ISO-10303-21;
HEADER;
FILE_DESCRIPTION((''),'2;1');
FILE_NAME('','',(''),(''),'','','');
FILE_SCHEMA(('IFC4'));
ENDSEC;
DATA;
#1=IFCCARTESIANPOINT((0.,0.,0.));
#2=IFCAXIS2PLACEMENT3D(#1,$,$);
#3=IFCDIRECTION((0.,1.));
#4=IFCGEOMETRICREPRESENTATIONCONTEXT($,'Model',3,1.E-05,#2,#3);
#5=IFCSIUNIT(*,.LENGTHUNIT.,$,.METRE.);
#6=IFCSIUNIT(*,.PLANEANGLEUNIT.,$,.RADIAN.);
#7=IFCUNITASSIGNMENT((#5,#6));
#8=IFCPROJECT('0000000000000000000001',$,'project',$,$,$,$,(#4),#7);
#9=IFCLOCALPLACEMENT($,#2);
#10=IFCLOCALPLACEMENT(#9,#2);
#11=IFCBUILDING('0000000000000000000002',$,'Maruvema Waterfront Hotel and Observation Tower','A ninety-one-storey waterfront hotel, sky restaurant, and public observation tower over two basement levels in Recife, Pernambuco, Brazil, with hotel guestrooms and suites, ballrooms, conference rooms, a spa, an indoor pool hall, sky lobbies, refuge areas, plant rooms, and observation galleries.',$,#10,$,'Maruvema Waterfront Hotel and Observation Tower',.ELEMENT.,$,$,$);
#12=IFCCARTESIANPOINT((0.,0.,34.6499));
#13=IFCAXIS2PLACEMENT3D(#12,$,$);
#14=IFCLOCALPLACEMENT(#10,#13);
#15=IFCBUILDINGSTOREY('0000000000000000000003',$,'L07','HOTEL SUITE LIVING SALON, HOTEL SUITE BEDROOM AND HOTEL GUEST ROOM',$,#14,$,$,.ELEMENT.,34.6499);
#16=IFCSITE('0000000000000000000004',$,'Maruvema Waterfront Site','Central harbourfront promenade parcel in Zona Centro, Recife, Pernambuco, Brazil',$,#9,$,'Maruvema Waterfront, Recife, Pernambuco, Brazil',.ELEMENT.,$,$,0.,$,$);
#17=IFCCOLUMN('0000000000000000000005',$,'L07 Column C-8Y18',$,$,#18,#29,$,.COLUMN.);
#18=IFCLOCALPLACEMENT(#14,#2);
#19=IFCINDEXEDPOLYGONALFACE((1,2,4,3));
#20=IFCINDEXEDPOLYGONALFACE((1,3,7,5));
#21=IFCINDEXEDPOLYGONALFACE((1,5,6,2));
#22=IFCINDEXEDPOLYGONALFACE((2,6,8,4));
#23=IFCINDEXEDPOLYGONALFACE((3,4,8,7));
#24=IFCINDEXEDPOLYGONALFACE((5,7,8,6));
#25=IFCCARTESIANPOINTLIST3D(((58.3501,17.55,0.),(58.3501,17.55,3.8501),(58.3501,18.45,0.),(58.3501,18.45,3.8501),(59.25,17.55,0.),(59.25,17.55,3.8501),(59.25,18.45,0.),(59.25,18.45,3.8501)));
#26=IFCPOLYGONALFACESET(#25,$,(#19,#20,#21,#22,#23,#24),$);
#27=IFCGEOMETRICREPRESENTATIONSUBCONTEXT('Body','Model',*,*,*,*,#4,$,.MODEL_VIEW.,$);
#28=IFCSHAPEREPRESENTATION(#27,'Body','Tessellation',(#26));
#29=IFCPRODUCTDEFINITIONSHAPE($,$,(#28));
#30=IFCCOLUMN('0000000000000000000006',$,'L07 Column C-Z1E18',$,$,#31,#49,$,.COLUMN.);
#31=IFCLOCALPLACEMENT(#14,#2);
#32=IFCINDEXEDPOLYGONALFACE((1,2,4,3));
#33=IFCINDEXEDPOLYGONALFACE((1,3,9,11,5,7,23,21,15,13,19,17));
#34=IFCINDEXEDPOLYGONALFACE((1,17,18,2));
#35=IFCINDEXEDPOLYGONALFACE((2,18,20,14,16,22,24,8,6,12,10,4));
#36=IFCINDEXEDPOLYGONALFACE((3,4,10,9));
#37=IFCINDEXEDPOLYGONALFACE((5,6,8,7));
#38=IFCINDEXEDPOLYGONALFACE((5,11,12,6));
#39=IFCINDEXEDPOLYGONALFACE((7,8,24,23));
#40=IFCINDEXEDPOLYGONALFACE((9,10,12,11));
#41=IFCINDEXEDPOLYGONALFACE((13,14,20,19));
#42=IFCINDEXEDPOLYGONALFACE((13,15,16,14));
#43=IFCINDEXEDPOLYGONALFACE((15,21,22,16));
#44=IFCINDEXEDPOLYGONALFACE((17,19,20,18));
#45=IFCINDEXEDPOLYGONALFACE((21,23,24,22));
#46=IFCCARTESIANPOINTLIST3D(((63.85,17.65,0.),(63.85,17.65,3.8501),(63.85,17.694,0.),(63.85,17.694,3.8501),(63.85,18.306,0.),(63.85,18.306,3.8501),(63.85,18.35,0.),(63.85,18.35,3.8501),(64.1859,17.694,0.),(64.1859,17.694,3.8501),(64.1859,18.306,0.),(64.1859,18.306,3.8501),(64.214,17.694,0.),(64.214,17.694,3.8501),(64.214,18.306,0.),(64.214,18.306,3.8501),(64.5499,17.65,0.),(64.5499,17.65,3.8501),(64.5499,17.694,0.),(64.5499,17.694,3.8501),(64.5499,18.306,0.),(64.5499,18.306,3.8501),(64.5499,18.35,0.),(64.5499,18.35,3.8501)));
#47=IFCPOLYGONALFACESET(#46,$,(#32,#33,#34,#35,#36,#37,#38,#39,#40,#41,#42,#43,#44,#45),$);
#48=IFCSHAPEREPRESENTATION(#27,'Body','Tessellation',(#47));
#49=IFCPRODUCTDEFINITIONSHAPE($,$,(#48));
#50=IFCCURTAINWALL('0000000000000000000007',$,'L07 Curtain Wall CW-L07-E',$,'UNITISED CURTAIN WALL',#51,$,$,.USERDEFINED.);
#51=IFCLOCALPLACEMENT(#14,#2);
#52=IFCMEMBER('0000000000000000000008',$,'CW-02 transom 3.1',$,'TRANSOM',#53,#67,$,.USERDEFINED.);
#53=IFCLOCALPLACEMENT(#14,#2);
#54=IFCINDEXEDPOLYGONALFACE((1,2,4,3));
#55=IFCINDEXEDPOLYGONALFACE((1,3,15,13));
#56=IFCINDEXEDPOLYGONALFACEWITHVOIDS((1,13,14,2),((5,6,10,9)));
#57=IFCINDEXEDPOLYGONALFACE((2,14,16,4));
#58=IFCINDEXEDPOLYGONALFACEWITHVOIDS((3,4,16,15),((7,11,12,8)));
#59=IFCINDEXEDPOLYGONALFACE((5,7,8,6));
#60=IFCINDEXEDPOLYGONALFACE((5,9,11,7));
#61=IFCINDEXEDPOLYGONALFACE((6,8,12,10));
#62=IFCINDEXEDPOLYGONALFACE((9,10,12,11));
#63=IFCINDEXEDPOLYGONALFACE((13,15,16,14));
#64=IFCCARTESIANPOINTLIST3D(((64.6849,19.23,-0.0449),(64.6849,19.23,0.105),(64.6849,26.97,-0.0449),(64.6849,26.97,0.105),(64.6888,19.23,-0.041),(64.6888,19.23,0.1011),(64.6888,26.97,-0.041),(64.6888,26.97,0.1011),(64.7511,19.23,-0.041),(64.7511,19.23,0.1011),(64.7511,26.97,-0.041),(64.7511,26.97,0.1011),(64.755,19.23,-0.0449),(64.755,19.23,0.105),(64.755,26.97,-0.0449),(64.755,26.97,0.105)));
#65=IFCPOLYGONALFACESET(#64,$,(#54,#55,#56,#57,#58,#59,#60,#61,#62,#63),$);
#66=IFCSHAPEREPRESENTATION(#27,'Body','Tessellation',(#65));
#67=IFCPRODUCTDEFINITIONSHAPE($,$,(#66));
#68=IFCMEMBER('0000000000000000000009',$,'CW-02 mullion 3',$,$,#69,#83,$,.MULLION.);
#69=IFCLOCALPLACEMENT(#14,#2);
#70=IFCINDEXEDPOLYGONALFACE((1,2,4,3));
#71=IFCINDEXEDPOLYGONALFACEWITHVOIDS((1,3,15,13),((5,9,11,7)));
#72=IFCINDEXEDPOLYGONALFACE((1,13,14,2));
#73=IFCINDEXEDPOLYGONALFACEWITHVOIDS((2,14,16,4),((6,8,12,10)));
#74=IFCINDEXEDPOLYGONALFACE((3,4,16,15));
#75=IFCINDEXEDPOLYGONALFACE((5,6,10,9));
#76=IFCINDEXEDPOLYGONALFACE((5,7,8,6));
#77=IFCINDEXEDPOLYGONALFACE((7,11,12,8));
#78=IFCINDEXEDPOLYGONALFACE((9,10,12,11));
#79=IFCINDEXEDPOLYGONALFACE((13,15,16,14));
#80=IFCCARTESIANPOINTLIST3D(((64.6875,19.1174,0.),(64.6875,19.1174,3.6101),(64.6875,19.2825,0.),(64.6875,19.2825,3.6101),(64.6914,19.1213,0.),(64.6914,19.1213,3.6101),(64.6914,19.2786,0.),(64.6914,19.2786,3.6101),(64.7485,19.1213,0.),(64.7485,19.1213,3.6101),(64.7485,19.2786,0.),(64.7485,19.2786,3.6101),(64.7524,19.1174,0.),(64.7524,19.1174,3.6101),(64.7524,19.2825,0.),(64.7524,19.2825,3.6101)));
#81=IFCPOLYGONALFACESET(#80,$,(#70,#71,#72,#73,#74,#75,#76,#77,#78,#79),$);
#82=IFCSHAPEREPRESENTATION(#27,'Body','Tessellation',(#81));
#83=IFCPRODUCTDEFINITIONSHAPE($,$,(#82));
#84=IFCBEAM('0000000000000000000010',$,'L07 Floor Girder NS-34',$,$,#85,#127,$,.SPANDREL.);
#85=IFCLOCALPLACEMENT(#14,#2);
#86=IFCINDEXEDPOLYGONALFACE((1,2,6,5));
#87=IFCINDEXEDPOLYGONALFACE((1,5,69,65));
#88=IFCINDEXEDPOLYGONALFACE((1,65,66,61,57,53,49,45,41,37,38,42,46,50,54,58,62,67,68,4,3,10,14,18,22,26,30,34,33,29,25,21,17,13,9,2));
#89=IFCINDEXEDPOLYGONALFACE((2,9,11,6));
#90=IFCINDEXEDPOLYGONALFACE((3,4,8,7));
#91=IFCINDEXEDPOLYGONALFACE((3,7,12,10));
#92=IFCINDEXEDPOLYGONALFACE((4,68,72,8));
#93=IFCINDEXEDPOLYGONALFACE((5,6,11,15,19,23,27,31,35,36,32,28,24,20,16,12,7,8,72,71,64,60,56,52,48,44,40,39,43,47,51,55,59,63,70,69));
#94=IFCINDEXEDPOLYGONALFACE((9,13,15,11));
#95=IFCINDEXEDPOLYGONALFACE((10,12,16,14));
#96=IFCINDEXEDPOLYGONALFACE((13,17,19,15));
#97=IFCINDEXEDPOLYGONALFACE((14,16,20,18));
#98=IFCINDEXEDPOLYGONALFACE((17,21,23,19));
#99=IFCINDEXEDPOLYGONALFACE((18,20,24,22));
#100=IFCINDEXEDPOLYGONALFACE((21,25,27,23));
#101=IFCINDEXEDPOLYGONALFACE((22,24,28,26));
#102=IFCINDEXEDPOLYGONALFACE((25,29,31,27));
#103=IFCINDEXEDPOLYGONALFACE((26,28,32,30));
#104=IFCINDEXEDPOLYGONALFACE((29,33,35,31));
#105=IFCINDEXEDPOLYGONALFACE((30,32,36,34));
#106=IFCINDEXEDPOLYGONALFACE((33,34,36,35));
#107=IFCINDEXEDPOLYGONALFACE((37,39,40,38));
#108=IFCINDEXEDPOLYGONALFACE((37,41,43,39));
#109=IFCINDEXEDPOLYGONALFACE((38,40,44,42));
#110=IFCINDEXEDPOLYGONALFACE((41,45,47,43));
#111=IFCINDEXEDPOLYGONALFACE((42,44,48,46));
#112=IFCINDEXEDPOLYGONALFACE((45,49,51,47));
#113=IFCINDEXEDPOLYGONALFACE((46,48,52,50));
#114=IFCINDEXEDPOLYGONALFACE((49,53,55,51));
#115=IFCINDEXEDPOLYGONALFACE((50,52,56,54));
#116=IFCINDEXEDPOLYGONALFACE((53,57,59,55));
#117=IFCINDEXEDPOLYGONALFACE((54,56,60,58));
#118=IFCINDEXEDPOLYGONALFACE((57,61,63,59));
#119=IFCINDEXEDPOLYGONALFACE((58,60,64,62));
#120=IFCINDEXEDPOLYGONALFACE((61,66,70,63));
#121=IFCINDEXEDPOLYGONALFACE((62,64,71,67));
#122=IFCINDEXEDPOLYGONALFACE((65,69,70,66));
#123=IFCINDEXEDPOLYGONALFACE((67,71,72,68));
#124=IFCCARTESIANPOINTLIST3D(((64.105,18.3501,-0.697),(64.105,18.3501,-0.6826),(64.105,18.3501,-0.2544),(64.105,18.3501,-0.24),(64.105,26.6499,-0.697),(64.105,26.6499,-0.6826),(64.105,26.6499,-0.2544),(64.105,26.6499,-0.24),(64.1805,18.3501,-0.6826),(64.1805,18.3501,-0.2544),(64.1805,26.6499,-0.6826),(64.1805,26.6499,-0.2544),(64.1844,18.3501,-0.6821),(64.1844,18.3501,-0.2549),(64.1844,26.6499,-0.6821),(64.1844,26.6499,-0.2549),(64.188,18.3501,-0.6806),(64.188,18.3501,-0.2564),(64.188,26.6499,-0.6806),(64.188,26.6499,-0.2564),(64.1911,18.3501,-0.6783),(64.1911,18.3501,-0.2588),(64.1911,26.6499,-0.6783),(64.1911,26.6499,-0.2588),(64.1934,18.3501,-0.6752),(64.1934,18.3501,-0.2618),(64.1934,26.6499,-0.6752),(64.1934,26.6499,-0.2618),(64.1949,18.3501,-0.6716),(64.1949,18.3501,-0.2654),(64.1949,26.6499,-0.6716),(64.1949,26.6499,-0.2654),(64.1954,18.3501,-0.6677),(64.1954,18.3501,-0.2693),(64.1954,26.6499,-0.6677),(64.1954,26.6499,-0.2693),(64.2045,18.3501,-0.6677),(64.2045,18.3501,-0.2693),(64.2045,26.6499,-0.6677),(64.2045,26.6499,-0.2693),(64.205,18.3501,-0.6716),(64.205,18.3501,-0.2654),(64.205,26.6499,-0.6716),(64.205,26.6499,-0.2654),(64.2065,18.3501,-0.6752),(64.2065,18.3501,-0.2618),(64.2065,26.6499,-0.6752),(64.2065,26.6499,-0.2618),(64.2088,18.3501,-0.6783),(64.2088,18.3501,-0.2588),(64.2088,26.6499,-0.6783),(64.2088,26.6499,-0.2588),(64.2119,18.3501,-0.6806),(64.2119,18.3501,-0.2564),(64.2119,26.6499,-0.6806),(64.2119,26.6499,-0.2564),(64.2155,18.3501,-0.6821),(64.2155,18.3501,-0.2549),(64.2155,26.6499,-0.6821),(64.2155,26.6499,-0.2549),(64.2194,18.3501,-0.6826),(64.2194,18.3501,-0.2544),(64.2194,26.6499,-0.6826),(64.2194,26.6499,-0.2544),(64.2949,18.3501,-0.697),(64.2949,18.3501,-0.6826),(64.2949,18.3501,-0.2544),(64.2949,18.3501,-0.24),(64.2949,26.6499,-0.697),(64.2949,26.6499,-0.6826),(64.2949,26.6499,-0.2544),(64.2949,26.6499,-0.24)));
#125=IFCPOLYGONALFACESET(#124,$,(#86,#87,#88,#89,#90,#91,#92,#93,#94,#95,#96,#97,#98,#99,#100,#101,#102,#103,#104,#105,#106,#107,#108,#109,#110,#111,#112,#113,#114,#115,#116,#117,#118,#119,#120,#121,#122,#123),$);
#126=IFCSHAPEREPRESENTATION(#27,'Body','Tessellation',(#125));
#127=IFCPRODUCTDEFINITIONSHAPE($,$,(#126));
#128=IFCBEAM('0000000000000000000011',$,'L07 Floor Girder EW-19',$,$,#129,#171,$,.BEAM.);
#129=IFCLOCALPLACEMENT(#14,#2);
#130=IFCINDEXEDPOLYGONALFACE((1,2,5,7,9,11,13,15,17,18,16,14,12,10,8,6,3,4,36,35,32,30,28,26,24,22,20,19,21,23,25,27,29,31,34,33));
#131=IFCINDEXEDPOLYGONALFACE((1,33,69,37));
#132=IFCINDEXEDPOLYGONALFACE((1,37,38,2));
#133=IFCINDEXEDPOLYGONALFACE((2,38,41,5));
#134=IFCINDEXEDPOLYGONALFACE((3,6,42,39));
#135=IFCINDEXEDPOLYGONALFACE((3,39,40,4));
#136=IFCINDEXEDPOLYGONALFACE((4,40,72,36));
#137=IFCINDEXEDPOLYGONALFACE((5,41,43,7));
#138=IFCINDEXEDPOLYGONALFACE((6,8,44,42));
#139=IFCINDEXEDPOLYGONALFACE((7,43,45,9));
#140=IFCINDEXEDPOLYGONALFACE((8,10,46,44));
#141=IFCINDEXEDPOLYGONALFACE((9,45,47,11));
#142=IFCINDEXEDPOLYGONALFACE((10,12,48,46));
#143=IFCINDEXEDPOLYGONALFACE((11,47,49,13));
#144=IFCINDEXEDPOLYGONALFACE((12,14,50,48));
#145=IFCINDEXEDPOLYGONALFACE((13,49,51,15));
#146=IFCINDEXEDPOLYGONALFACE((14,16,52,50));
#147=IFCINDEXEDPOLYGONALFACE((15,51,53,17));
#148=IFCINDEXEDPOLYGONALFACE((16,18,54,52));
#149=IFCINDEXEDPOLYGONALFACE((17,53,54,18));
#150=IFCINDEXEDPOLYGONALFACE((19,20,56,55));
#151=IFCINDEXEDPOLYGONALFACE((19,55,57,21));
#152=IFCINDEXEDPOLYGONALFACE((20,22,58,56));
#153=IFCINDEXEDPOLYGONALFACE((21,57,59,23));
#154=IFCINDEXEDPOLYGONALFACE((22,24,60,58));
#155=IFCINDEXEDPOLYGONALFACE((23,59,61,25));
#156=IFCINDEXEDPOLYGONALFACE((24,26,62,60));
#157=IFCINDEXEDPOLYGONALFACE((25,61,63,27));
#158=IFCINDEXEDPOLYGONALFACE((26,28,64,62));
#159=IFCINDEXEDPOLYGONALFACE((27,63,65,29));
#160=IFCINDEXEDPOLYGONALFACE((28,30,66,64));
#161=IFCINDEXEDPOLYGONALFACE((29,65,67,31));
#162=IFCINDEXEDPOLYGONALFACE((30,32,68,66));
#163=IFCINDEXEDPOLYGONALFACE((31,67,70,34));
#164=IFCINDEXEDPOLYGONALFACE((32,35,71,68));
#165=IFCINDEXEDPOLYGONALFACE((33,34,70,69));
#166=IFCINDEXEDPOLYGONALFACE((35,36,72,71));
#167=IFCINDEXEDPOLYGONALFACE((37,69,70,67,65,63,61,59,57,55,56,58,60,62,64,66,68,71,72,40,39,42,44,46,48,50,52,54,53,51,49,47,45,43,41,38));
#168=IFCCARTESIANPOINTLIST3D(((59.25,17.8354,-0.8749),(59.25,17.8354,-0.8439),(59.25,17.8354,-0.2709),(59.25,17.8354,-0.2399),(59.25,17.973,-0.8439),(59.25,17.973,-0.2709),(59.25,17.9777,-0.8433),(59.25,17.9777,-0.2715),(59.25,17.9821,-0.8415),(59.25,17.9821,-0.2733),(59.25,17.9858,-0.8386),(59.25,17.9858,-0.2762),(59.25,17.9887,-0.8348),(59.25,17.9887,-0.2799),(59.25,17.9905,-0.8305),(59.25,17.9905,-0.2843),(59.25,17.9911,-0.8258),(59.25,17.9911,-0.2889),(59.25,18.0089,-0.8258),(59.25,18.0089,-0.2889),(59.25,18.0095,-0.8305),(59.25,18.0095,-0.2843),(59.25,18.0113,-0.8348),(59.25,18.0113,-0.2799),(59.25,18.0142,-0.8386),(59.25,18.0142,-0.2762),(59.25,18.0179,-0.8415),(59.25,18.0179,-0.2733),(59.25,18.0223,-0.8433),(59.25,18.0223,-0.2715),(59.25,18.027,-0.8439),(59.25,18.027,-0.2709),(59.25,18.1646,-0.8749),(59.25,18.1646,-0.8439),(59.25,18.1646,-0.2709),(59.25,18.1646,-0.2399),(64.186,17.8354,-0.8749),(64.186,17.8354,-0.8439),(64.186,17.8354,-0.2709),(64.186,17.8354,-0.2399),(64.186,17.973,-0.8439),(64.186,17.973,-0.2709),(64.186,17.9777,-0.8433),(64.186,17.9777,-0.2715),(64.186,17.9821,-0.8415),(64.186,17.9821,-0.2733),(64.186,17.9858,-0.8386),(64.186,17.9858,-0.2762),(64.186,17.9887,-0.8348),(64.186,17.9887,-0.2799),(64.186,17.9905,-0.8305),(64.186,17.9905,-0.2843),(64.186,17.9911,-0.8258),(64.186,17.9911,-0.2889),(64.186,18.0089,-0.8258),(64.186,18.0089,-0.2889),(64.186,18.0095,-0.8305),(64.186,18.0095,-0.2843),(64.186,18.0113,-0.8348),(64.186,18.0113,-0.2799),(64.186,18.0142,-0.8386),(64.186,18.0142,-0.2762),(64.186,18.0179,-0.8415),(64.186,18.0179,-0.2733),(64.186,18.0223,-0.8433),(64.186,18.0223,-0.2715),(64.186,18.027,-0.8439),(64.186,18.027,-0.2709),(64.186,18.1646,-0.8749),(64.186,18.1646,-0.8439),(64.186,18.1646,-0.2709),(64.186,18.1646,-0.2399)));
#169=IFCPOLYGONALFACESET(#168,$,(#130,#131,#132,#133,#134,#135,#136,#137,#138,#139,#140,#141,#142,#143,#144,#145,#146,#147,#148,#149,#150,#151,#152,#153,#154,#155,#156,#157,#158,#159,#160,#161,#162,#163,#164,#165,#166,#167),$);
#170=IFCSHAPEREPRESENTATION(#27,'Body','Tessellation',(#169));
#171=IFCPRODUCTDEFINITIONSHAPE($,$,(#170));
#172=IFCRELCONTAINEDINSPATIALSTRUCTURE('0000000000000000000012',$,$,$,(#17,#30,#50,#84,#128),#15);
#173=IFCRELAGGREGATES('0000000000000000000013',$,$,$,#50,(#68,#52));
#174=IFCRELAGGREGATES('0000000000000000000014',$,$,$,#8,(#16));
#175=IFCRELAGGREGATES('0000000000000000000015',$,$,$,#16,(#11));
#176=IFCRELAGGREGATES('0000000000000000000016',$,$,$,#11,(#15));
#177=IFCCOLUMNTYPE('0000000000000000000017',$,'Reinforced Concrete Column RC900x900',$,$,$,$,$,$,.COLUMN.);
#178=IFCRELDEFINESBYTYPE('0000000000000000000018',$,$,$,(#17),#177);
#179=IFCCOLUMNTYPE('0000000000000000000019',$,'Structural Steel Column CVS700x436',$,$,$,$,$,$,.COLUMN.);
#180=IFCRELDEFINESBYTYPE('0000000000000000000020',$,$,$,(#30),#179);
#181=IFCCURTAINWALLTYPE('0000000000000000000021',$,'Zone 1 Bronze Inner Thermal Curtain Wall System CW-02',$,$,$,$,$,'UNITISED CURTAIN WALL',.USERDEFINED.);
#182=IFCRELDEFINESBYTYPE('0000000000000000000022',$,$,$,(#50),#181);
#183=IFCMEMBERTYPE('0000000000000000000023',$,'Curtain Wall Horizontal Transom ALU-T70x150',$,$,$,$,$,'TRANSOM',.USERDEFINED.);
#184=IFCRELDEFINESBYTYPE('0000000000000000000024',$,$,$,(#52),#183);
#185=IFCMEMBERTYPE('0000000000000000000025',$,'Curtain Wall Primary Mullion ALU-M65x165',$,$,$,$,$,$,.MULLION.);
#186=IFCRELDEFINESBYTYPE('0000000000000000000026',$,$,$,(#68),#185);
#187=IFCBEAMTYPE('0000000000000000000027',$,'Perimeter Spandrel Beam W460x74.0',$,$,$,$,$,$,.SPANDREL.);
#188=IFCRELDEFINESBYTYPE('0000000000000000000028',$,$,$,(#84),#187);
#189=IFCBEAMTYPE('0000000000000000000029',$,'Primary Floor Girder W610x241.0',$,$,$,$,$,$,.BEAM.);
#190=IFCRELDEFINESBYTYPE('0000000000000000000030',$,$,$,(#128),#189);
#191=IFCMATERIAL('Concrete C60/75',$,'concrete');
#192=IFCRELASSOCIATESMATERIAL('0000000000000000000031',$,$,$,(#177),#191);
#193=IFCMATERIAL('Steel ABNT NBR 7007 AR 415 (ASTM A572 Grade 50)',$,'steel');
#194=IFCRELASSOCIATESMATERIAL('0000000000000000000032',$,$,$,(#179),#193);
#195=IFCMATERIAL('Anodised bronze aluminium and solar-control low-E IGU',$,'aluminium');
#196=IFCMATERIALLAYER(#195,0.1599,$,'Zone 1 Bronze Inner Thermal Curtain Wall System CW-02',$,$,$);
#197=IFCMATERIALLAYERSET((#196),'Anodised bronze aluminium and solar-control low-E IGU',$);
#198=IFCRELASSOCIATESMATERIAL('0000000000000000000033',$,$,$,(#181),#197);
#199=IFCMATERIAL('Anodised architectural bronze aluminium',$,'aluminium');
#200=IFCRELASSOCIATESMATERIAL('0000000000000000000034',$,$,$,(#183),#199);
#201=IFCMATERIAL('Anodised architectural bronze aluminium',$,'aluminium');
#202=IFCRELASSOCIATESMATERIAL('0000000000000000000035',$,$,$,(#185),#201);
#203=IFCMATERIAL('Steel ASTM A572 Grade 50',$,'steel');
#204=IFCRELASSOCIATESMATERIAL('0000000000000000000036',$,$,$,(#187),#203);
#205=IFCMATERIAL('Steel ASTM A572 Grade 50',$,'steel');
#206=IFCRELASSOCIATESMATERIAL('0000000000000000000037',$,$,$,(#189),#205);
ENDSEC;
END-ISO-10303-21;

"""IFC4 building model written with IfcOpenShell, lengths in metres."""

from ifc_helpers import new_model, si_unit, direction, frame, origin, origin_2d, place, context, subcontext, project, spatial, rectangle, hollow_rectangle, i_section, extrude, material, layer, layer_set, material_profile, profile_set, type_object, element, aggregate, save


model = new_model("IFC4")

# Units and contexts
model_context = context("Model", 3, precision=1e-05, world=origin(), true_north=direction((0.0, 1.0)))
body_context = subcontext(model_context, "Body", "Model", "MODEL_VIEW")
ifc_project = project(units=[si_unit("LENGTHUNIT", "METRE"), si_unit("PLANEANGLEUNIT", "RADIAN")], contexts=[model_context])

# Site, building, storey
site_placement = place(None, origin())
site = spatial("IfcSite", under=ifc_project, at=site_placement, Name="Maruvema Waterfront Site", Description="Central harbourfront promenade parcel in Zona Centro, Recife, Pernambuco, Brazil", LongName="Maruvema Waterfront, Recife, Pernambuco, Brazil", CompositionType="ELEMENT", RefElevation=0.0)
building_placement = place(site_placement, origin())
building = spatial("IfcBuilding", under=site, at=building_placement, Name="Maruvema Waterfront Hotel and Observation Tower", Description="A ninety-one-storey waterfront hotel, sky restaurant, and public observation tower over two basement levels in Recife, Pernambuco, Brazil, with hotel guestrooms and suites, ballrooms, conference rooms, a spa, an indoor pool hall, sky lobbies, refuge areas, plant rooms, and observation galleries.", LongName="Maruvema Waterfront Hotel and Observation Tower", CompositionType="ELEMENT")
storey_placement = place(building_placement, frame((0.0, 0.0, 34.6499)))
storey = spatial("IfcBuildingStorey", under=building, at=storey_placement, Name="L07", Description="HOTEL SUITE LIVING SALON, HOTEL SUITE BEDROOM AND HOTEL GUEST ROOM", CompositionType="ELEMENT", Elevation=34.6499)

# Columns
ifc_material_1 = material(Name="Concrete C60/75", Category="concrete")
ifc_material_profile_1 = material_profile(ifc_material_1, rectangle(XDim=0.8999, YDim=0.8999, at=origin_2d()), Name="RC900x900")
ifc_profile_set_1 = profile_set([ifc_material_profile_1], Name="Concrete C60/75")
column_type_1 = type_object("IfcColumnType", Name="Reinforced Concrete Column RC900x900", PredefinedType="COLUMN", material=ifc_profile_set_1)
column_1_placement = place(storey_placement, frame((58.8, 18.0, 0.0), z_axis=(0.0, 0.0, 1.0), x_axis=(1.0, 0.0, 0.0)))
element("IfcColumn", 1, at=column_1_placement, inside=storey, type_object=column_type_1, Name="L07 Column C-8Y18", PredefinedType="COLUMN", context=body_context, shape_type="SweptSolid", body=[
    extrude(rectangle(XDim=0.8999, YDim=0.8999, at=origin_2d()), origin(), (0.0, 0.0, 1.0), 3.8501),
])
ifc_material_2 = material(Name="Steel ABNT NBR 7007 AR 415 (ASTM A572 Grade 50)", Category="steel")
ifc_material_profile_2 = material_profile(ifc_material_2, i_section(OverallWidth=0.7, OverallDepth=0.7, WebThickness=0.0281, FlangeThickness=0.0439, at=origin_2d()), Name="CVS700x436")
ifc_profile_set_2 = profile_set([ifc_material_profile_2], Name="Steel ABNT NBR 7007 AR 415 (ASTM A572 Grade 50)")
column_type_2 = type_object("IfcColumnType", Name="Structural Steel Column CVS700x436", PredefinedType="COLUMN", material=ifc_profile_set_2)
column_2_placement = place(storey_placement, frame((64.2, 18.0, 0.0), z_axis=(0.0, 0.0, 1.0), x_axis=(1.0, 0.0, 0.0)))
element("IfcColumn", 2, at=column_2_placement, inside=storey, type_object=column_type_2, Name="L07 Column C-Z1E18", PredefinedType="COLUMN", context=body_context, shape_type="SweptSolid", body=[
    extrude(i_section(OverallWidth=0.7, OverallDepth=0.7, WebThickness=0.0281, FlangeThickness=0.0439, at=origin_2d()), origin(), (0.0, 0.0, 1.0), 3.8501),
])

# Curtain wall, members
ifc_material_3 = material(Name="Anodised bronze aluminium and solar-control low-E IGU", Category="aluminium")
ifc_layer_1 = layer(ifc_material_3, 0.1599, Name="Zone 1 Bronze Inner Thermal Curtain Wall System CW-02")
ifc_layer_set_1 = layer_set([ifc_layer_1], Name="Anodised bronze aluminium and solar-control low-E IGU")
curtain_wall_type = type_object("IfcCurtainWallType", Name="Zone 1 Bronze Inner Thermal Curtain Wall System CW-02", ElementType="UNITISED CURTAIN WALL", PredefinedType="USERDEFINED", material=ifc_layer_set_1)
curtain_wall_placement = place(storey_placement, origin())
curtain_wall = element("IfcCurtainWall", 3, at=curtain_wall_placement, inside=storey, type_object=curtain_wall_type, Name="L07 Curtain Wall CW-L07-E", ObjectType="UNITISED CURTAIN WALL", PredefinedType="USERDEFINED")
ifc_material_4 = material(Name="Anodised architectural bronze aluminium", Category="aluminium")
ifc_material_profile_3 = material_profile(ifc_material_4, hollow_rectangle(XDim=0.0701, YDim=0.1499, WallThickness=0.0039, at=origin_2d()), Name="ALU-T70x150")
ifc_profile_set_3 = profile_set([ifc_material_profile_3], Name="Anodised architectural bronze aluminium")
member_type_1 = type_object("IfcMemberType", Name="Curtain Wall Horizontal Transom ALU-T70x150", ElementType="TRANSOM", PredefinedType="USERDEFINED", material=ifc_profile_set_3)
member_1_placement = place(storey_placement, frame((64.72, 19.23, 0.03), z_axis=(0.0, 1.0, 0.0), x_axis=(-1.0, 0.0, 0.0)))
member_1 = element("IfcMember", 4, at=member_1_placement, type_object=member_type_1, Name="CW-02 transom 3.1", ObjectType="TRANSOM", PredefinedType="USERDEFINED", context=body_context, shape_type="SweptSolid", body=[
    extrude(hollow_rectangle(XDim=0.0701, YDim=0.1499, WallThickness=0.0039, at=origin_2d()), origin(), (0.0, 0.0, 1.0), 7.74),
])
ifc_material_5 = material(Name="Anodised architectural bronze aluminium", Category="aluminium")
ifc_material_profile_4 = material_profile(ifc_material_5, hollow_rectangle(XDim=0.0649, YDim=0.165, WallThickness=0.0039, at=origin_2d()), Name="ALU-M65x165")
ifc_profile_set_4 = profile_set([ifc_material_profile_4], Name="Anodised architectural bronze aluminium")
member_type_2 = type_object("IfcMemberType", Name="Curtain Wall Primary Mullion ALU-M65x165", PredefinedType="MULLION", material=ifc_profile_set_4)
member_2_placement = place(storey_placement, frame((64.72, 19.2, 0.0), z_axis=(0.0, 0.0, 1.0), x_axis=(-1.0, 0.0, 0.0)))
member_2 = element("IfcMember", 5, at=member_2_placement, type_object=member_type_2, Name="CW-02 mullion 3", PredefinedType="MULLION", context=body_context, shape_type="SweptSolid", body=[
    extrude(hollow_rectangle(XDim=0.0649, YDim=0.165, WallThickness=0.0039, at=origin_2d()), origin(), (0.0, 0.0, 1.0), 3.6101),
])

# Beams
ifc_material_6 = material(Name="Steel ASTM A572 Grade 50", Category="steel")
ifc_material_profile_5 = material_profile(ifc_material_6, i_section(OverallWidth=0.1899, OverallDepth=0.457, WebThickness=0.009, FlangeThickness=0.0144, FilletRadius=0.0149, at=origin_2d()), Name="W460x74.0")
ifc_profile_set_5 = profile_set([ifc_material_profile_5], Name="Steel ASTM A572 Grade 50")
beam_type_1 = type_object("IfcBeamType", Name="Perimeter Spandrel Beam W460x74.0", PredefinedType="SPANDREL", material=ifc_profile_set_5)
beam_1_placement = place(storey_placement, frame((64.2, 18.3501, -0.4685), z_axis=(0.0, 1.0, 0.0), x_axis=(-1.0, 0.0, 0.0)))
element("IfcBeam", 6, at=beam_1_placement, inside=storey, type_object=beam_type_1, Name="L07 Floor Girder NS-34", PredefinedType="SPANDREL", context=body_context, shape_type="SweptSolid", body=[
    extrude(i_section(OverallWidth=0.1899, OverallDepth=0.457, WebThickness=0.009, FlangeThickness=0.0144, FilletRadius=0.0149, at=origin_2d()), origin(), (0.0, 0.0, 1.0), 8.2998),
])
ifc_material_7 = material(Name="Steel ASTM A572 Grade 50", Category="steel")
ifc_material_profile_6 = material_profile(ifc_material_7, i_section(OverallWidth=0.3291, OverallDepth=0.635, WebThickness=0.0178, FlangeThickness=0.031, FilletRadius=0.0181, at=origin_2d()), Name="W610x241.0")
ifc_profile_set_6 = profile_set([ifc_material_profile_6], Name="Steel ASTM A572 Grade 50")
beam_type_2 = type_object("IfcBeamType", Name="Primary Floor Girder W610x241.0", PredefinedType="BEAM", material=ifc_profile_set_6)
beam_2_placement = place(storey_placement, frame((59.25, 18.0, -0.5574), z_axis=(1.0, 0.0, 0.0), x_axis=(0.0, 1.0, 0.0)))
element("IfcBeam", 7, at=beam_2_placement, inside=storey, type_object=beam_type_2, Name="L07 Floor Girder EW-19", PredefinedType="BEAM", context=body_context, shape_type="SweptSolid", body=[
    extrude(i_section(OverallWidth=0.3291, OverallDepth=0.635, WebThickness=0.0178, FlangeThickness=0.031, FilletRadius=0.0181, at=origin_2d()), origin(), (0.0, 0.0, 1.0), 4.936),
])

aggregate(curtain_wall, [member_2, member_1])

save(model, "model.ifc")
